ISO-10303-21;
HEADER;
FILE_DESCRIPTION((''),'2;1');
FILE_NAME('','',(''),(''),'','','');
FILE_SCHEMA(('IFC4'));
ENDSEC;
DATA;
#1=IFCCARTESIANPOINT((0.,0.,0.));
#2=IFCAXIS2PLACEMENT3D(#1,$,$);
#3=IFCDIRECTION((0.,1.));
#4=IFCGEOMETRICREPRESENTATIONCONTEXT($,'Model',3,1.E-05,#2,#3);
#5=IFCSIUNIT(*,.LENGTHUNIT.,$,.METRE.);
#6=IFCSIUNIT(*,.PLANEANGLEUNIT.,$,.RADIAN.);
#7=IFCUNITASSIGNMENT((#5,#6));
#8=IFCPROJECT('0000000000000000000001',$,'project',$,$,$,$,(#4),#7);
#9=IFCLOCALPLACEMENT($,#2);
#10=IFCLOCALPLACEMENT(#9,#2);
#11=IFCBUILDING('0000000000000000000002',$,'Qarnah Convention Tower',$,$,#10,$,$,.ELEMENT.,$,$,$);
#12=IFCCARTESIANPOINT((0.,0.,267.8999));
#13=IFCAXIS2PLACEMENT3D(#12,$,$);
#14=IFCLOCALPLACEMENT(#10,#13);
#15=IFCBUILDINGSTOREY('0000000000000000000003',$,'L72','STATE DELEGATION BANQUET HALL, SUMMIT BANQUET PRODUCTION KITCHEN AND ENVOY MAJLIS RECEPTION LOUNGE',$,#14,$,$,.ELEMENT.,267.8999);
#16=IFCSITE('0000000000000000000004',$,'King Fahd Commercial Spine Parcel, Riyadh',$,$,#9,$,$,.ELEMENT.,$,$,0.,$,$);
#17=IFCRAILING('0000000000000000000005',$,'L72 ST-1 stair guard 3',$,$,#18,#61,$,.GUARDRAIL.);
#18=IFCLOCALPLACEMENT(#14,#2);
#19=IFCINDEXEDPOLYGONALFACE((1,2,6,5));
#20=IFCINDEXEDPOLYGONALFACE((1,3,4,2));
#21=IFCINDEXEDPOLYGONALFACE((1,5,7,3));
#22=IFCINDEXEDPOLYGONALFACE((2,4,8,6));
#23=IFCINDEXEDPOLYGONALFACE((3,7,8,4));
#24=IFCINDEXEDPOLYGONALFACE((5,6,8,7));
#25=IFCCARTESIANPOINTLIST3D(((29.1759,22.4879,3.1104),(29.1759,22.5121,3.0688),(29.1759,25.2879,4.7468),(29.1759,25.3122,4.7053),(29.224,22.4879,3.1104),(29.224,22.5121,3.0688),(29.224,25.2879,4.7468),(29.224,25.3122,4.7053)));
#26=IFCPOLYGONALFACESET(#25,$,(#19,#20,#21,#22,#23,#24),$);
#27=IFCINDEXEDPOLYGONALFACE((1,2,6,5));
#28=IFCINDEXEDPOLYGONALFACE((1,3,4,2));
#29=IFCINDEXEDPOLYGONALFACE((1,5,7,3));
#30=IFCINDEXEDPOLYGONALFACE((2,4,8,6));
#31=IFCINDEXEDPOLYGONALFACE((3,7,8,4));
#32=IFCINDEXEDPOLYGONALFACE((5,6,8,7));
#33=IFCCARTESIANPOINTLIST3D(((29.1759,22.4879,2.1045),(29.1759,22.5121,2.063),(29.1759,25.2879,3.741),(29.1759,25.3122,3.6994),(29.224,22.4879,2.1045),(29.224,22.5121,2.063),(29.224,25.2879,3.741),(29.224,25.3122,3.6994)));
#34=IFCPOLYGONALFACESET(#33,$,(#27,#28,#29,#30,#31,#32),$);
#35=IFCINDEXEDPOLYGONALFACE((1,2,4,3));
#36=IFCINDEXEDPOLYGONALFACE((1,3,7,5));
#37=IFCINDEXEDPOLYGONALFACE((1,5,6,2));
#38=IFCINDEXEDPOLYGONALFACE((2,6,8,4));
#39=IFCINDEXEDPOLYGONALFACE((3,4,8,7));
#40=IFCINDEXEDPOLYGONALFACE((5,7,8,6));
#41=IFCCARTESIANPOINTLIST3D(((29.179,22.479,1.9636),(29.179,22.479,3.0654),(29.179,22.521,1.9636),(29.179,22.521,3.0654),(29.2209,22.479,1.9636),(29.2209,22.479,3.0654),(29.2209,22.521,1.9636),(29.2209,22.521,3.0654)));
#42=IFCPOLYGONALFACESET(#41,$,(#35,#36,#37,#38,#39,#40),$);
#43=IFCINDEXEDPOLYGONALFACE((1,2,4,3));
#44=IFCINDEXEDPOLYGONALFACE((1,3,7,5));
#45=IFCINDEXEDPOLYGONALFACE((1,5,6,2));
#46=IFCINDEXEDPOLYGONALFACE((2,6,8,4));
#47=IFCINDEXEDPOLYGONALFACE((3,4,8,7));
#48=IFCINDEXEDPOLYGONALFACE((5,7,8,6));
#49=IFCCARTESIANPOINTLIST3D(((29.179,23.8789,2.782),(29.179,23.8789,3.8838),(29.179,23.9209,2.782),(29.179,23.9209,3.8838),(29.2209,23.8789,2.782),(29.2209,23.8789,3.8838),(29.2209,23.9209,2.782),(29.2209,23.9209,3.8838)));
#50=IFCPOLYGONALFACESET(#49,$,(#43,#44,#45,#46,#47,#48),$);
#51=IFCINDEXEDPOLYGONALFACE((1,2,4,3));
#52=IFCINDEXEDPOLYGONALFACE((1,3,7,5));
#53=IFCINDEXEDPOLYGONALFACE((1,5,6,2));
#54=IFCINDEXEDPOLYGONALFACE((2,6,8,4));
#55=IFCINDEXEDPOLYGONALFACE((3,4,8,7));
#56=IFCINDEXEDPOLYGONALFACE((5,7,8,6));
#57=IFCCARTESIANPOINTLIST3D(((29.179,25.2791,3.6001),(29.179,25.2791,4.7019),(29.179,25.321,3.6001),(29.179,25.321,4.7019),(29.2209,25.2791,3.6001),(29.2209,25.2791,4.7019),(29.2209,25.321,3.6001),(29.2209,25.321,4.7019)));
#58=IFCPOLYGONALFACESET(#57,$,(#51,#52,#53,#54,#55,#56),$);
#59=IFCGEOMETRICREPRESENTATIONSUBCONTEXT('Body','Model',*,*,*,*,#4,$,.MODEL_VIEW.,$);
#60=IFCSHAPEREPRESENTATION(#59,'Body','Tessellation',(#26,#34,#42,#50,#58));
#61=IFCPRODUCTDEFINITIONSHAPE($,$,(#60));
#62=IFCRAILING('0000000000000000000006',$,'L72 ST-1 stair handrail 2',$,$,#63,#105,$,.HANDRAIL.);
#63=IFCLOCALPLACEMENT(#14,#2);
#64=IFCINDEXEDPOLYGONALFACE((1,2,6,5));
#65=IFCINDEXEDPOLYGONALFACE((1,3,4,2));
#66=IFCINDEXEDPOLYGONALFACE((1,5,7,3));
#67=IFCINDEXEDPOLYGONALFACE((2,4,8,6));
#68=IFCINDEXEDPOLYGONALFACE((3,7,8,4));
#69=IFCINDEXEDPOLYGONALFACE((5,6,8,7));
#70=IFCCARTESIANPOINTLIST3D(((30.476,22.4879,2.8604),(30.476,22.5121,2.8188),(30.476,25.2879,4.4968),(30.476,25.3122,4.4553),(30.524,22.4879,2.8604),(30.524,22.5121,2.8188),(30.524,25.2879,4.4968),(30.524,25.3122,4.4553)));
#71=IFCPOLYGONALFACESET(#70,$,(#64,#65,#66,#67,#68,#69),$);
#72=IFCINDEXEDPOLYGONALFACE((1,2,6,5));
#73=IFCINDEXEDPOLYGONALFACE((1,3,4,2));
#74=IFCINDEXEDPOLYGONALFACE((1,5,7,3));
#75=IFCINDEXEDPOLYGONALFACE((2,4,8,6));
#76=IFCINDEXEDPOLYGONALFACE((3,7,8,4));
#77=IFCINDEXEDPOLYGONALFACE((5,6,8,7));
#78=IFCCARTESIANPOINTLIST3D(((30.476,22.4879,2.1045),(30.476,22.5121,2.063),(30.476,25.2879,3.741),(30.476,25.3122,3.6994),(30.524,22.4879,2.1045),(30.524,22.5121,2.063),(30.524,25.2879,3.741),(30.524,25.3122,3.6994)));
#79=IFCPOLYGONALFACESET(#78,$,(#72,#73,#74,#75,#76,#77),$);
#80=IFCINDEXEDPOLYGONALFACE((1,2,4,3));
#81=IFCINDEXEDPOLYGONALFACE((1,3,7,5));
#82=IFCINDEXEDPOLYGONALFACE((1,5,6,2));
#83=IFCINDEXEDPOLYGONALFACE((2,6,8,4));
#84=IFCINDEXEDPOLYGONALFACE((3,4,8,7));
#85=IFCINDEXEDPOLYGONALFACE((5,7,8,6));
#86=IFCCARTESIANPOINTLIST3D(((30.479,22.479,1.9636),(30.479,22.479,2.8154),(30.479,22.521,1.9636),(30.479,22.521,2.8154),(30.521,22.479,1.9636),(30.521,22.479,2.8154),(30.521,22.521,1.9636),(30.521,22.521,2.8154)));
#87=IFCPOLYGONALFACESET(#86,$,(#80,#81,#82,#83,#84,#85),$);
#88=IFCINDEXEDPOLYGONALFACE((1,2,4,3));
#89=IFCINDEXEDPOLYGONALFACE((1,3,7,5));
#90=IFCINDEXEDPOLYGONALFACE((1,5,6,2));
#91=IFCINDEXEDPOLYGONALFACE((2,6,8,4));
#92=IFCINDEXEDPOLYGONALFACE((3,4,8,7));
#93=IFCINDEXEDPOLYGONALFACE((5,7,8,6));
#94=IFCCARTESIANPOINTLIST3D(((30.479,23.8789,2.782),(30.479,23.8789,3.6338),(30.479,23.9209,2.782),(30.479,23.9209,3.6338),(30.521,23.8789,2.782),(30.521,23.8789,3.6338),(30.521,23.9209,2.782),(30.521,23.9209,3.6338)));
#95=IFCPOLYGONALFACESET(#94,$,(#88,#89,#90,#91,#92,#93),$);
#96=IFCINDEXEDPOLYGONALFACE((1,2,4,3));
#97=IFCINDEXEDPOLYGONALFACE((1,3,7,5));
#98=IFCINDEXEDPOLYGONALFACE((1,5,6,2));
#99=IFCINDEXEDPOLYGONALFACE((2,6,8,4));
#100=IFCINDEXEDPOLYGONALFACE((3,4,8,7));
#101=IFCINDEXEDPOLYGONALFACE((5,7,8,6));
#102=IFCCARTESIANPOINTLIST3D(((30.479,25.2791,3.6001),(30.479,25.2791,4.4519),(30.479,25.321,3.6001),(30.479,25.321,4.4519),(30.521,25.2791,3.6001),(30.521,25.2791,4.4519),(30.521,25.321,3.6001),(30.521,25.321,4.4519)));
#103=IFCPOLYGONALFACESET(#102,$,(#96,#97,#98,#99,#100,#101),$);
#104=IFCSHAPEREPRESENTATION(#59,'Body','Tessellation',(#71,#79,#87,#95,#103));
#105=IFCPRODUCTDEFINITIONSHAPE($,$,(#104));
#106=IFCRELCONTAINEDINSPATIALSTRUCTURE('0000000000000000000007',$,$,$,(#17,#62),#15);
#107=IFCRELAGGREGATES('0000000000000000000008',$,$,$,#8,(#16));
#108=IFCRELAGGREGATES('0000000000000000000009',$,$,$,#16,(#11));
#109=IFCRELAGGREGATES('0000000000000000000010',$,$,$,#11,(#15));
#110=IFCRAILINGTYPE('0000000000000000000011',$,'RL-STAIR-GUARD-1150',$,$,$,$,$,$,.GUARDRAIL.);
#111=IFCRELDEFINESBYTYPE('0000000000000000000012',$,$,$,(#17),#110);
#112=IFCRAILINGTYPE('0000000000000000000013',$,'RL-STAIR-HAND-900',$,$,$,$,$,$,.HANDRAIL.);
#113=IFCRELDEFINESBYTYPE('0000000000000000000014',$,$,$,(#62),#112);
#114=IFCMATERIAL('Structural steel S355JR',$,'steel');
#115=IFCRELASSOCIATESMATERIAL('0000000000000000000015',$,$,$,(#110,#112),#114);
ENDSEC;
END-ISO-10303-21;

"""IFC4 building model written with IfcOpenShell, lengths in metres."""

from ifc_helpers import new_model, si_unit, direction, frame, origin, origin_2d, place, context, subcontext, project, spatial, rectangle, extrude, material, type_object, element, save


model = new_model("IFC4")

# Units and contexts
model_context = context("Model", 3, precision=1e-05, world=origin(), true_north=direction((0.0, 1.0)))
body_context = subcontext(model_context, "Body", "Model", "MODEL_VIEW")
ifc_project = project(units=[si_unit("LENGTHUNIT", "METRE"), si_unit("PLANEANGLEUNIT", "RADIAN")], contexts=[model_context])

# Site, building, storey
site_placement = place(None, origin())
site = spatial("IfcSite", under=ifc_project, at=site_placement, Name="King Fahd Commercial Spine Parcel, Riyadh", CompositionType="ELEMENT", RefElevation=0.0)
building_placement = place(site_placement, origin())
building = spatial("IfcBuilding", under=site, at=building_placement, Name="Qarnah Convention Tower", CompositionType="ELEMENT")
storey_placement = place(building_placement, frame((0.0, 0.0, 267.8999)))
storey = spatial("IfcBuildingStorey", under=building, at=storey_placement, Name="L72", Description="STATE DELEGATION BANQUET HALL, SUMMIT BANQUET PRODUCTION KITCHEN AND ENVOY MAJLIS RECEPTION LOUNGE", CompositionType="ELEMENT", Elevation=267.8999)

# Shared definitions
ifc_material_1 = material(Name="Structural steel S355JR", Category="steel")

# Railings
railing_type_1 = type_object("IfcRailingType", Name="RL-STAIR-GUARD-1150", PredefinedType="GUARDRAIL", material=ifc_material_1)
railing_1_placement = place(storey_placement, frame((29.2, 22.5, 1.9636)))
element("IfcRailing", 1, at=railing_1_placement, inside=storey, type_object=railing_type_1, Name="L72 ST-1 stair guard 3", PredefinedType="GUARDRAIL", context=body_context, shape_type="SweptSolid", body=[
    extrude(rectangle(XDim=0.0481, YDim=0.0481, at=origin_2d()), frame((0.0, 0.0, 1.126), z_axis=(0.0, 0.863361, 0.504587), x_axis=(-1.0, 0.0, 0.0)), (0.0, 0.0, 1.0), 3.2432),
    extrude(rectangle(XDim=0.0481, YDim=0.0481, at=origin_2d()), frame((0.0, 0.0, 0.1201), z_axis=(0.0, 0.863361, 0.504587), x_axis=(-1.0, 0.0, 0.0)), (0.0, 0.0, 1.0), 3.2432),
    extrude(rectangle(XDim=0.042, YDim=0.042, at=origin_2d()), origin(), (0.0, 0.0, 1.0), 1.1018),
    extrude(rectangle(XDim=0.042, YDim=0.042, at=origin_2d()), frame((0.0, 1.3999, 0.8184)), (0.0, 0.0, 1.0), 1.1018),
    extrude(rectangle(XDim=0.042, YDim=0.042, at=origin_2d()), frame((0.0, 2.8, 1.6365)), (0.0, 0.0, 1.0), 1.1018),
])
railing_type_2 = type_object("IfcRailingType", Name="RL-STAIR-HAND-900", PredefinedType="HANDRAIL", material=ifc_material_1)
railing_2_placement = place(storey_placement, frame((30.5, 22.5, 1.9636)))
element("IfcRailing", 2, at=railing_2_placement, inside=storey, type_object=railing_type_2, Name="L72 ST-1 stair handrail 2", PredefinedType="HANDRAIL", context=body_context, shape_type="SweptSolid", body=[
    extrude(rectangle(XDim=0.0481, YDim=0.0481, at=origin_2d()), frame((0.0, 0.0, 0.876), z_axis=(0.0, 0.863361, 0.504587), x_axis=(-1.0, 0.0, 0.0)), (0.0, 0.0, 1.0), 3.2432),
    extrude(rectangle(XDim=0.0481, YDim=0.0481, at=origin_2d()), frame((0.0, 0.0, 0.1201), z_axis=(0.0, 0.863361, 0.504587), x_axis=(-1.0, 0.0, 0.0)), (0.0, 0.0, 1.0), 3.2432),
    extrude(rectangle(XDim=0.042, YDim=0.042, at=origin_2d()), origin(), (0.0, 0.0, 1.0), 0.8518),
    extrude(rectangle(XDim=0.042, YDim=0.042, at=origin_2d()), frame((0.0, 1.3999, 0.8184)), (0.0, 0.0, 1.0), 0.8518),
    extrude(rectangle(XDim=0.042, YDim=0.042, at=origin_2d()), frame((0.0, 2.8, 1.6365)), (0.0, 0.0, 1.0), 0.8518),
])

save(model, "model.ifc")
